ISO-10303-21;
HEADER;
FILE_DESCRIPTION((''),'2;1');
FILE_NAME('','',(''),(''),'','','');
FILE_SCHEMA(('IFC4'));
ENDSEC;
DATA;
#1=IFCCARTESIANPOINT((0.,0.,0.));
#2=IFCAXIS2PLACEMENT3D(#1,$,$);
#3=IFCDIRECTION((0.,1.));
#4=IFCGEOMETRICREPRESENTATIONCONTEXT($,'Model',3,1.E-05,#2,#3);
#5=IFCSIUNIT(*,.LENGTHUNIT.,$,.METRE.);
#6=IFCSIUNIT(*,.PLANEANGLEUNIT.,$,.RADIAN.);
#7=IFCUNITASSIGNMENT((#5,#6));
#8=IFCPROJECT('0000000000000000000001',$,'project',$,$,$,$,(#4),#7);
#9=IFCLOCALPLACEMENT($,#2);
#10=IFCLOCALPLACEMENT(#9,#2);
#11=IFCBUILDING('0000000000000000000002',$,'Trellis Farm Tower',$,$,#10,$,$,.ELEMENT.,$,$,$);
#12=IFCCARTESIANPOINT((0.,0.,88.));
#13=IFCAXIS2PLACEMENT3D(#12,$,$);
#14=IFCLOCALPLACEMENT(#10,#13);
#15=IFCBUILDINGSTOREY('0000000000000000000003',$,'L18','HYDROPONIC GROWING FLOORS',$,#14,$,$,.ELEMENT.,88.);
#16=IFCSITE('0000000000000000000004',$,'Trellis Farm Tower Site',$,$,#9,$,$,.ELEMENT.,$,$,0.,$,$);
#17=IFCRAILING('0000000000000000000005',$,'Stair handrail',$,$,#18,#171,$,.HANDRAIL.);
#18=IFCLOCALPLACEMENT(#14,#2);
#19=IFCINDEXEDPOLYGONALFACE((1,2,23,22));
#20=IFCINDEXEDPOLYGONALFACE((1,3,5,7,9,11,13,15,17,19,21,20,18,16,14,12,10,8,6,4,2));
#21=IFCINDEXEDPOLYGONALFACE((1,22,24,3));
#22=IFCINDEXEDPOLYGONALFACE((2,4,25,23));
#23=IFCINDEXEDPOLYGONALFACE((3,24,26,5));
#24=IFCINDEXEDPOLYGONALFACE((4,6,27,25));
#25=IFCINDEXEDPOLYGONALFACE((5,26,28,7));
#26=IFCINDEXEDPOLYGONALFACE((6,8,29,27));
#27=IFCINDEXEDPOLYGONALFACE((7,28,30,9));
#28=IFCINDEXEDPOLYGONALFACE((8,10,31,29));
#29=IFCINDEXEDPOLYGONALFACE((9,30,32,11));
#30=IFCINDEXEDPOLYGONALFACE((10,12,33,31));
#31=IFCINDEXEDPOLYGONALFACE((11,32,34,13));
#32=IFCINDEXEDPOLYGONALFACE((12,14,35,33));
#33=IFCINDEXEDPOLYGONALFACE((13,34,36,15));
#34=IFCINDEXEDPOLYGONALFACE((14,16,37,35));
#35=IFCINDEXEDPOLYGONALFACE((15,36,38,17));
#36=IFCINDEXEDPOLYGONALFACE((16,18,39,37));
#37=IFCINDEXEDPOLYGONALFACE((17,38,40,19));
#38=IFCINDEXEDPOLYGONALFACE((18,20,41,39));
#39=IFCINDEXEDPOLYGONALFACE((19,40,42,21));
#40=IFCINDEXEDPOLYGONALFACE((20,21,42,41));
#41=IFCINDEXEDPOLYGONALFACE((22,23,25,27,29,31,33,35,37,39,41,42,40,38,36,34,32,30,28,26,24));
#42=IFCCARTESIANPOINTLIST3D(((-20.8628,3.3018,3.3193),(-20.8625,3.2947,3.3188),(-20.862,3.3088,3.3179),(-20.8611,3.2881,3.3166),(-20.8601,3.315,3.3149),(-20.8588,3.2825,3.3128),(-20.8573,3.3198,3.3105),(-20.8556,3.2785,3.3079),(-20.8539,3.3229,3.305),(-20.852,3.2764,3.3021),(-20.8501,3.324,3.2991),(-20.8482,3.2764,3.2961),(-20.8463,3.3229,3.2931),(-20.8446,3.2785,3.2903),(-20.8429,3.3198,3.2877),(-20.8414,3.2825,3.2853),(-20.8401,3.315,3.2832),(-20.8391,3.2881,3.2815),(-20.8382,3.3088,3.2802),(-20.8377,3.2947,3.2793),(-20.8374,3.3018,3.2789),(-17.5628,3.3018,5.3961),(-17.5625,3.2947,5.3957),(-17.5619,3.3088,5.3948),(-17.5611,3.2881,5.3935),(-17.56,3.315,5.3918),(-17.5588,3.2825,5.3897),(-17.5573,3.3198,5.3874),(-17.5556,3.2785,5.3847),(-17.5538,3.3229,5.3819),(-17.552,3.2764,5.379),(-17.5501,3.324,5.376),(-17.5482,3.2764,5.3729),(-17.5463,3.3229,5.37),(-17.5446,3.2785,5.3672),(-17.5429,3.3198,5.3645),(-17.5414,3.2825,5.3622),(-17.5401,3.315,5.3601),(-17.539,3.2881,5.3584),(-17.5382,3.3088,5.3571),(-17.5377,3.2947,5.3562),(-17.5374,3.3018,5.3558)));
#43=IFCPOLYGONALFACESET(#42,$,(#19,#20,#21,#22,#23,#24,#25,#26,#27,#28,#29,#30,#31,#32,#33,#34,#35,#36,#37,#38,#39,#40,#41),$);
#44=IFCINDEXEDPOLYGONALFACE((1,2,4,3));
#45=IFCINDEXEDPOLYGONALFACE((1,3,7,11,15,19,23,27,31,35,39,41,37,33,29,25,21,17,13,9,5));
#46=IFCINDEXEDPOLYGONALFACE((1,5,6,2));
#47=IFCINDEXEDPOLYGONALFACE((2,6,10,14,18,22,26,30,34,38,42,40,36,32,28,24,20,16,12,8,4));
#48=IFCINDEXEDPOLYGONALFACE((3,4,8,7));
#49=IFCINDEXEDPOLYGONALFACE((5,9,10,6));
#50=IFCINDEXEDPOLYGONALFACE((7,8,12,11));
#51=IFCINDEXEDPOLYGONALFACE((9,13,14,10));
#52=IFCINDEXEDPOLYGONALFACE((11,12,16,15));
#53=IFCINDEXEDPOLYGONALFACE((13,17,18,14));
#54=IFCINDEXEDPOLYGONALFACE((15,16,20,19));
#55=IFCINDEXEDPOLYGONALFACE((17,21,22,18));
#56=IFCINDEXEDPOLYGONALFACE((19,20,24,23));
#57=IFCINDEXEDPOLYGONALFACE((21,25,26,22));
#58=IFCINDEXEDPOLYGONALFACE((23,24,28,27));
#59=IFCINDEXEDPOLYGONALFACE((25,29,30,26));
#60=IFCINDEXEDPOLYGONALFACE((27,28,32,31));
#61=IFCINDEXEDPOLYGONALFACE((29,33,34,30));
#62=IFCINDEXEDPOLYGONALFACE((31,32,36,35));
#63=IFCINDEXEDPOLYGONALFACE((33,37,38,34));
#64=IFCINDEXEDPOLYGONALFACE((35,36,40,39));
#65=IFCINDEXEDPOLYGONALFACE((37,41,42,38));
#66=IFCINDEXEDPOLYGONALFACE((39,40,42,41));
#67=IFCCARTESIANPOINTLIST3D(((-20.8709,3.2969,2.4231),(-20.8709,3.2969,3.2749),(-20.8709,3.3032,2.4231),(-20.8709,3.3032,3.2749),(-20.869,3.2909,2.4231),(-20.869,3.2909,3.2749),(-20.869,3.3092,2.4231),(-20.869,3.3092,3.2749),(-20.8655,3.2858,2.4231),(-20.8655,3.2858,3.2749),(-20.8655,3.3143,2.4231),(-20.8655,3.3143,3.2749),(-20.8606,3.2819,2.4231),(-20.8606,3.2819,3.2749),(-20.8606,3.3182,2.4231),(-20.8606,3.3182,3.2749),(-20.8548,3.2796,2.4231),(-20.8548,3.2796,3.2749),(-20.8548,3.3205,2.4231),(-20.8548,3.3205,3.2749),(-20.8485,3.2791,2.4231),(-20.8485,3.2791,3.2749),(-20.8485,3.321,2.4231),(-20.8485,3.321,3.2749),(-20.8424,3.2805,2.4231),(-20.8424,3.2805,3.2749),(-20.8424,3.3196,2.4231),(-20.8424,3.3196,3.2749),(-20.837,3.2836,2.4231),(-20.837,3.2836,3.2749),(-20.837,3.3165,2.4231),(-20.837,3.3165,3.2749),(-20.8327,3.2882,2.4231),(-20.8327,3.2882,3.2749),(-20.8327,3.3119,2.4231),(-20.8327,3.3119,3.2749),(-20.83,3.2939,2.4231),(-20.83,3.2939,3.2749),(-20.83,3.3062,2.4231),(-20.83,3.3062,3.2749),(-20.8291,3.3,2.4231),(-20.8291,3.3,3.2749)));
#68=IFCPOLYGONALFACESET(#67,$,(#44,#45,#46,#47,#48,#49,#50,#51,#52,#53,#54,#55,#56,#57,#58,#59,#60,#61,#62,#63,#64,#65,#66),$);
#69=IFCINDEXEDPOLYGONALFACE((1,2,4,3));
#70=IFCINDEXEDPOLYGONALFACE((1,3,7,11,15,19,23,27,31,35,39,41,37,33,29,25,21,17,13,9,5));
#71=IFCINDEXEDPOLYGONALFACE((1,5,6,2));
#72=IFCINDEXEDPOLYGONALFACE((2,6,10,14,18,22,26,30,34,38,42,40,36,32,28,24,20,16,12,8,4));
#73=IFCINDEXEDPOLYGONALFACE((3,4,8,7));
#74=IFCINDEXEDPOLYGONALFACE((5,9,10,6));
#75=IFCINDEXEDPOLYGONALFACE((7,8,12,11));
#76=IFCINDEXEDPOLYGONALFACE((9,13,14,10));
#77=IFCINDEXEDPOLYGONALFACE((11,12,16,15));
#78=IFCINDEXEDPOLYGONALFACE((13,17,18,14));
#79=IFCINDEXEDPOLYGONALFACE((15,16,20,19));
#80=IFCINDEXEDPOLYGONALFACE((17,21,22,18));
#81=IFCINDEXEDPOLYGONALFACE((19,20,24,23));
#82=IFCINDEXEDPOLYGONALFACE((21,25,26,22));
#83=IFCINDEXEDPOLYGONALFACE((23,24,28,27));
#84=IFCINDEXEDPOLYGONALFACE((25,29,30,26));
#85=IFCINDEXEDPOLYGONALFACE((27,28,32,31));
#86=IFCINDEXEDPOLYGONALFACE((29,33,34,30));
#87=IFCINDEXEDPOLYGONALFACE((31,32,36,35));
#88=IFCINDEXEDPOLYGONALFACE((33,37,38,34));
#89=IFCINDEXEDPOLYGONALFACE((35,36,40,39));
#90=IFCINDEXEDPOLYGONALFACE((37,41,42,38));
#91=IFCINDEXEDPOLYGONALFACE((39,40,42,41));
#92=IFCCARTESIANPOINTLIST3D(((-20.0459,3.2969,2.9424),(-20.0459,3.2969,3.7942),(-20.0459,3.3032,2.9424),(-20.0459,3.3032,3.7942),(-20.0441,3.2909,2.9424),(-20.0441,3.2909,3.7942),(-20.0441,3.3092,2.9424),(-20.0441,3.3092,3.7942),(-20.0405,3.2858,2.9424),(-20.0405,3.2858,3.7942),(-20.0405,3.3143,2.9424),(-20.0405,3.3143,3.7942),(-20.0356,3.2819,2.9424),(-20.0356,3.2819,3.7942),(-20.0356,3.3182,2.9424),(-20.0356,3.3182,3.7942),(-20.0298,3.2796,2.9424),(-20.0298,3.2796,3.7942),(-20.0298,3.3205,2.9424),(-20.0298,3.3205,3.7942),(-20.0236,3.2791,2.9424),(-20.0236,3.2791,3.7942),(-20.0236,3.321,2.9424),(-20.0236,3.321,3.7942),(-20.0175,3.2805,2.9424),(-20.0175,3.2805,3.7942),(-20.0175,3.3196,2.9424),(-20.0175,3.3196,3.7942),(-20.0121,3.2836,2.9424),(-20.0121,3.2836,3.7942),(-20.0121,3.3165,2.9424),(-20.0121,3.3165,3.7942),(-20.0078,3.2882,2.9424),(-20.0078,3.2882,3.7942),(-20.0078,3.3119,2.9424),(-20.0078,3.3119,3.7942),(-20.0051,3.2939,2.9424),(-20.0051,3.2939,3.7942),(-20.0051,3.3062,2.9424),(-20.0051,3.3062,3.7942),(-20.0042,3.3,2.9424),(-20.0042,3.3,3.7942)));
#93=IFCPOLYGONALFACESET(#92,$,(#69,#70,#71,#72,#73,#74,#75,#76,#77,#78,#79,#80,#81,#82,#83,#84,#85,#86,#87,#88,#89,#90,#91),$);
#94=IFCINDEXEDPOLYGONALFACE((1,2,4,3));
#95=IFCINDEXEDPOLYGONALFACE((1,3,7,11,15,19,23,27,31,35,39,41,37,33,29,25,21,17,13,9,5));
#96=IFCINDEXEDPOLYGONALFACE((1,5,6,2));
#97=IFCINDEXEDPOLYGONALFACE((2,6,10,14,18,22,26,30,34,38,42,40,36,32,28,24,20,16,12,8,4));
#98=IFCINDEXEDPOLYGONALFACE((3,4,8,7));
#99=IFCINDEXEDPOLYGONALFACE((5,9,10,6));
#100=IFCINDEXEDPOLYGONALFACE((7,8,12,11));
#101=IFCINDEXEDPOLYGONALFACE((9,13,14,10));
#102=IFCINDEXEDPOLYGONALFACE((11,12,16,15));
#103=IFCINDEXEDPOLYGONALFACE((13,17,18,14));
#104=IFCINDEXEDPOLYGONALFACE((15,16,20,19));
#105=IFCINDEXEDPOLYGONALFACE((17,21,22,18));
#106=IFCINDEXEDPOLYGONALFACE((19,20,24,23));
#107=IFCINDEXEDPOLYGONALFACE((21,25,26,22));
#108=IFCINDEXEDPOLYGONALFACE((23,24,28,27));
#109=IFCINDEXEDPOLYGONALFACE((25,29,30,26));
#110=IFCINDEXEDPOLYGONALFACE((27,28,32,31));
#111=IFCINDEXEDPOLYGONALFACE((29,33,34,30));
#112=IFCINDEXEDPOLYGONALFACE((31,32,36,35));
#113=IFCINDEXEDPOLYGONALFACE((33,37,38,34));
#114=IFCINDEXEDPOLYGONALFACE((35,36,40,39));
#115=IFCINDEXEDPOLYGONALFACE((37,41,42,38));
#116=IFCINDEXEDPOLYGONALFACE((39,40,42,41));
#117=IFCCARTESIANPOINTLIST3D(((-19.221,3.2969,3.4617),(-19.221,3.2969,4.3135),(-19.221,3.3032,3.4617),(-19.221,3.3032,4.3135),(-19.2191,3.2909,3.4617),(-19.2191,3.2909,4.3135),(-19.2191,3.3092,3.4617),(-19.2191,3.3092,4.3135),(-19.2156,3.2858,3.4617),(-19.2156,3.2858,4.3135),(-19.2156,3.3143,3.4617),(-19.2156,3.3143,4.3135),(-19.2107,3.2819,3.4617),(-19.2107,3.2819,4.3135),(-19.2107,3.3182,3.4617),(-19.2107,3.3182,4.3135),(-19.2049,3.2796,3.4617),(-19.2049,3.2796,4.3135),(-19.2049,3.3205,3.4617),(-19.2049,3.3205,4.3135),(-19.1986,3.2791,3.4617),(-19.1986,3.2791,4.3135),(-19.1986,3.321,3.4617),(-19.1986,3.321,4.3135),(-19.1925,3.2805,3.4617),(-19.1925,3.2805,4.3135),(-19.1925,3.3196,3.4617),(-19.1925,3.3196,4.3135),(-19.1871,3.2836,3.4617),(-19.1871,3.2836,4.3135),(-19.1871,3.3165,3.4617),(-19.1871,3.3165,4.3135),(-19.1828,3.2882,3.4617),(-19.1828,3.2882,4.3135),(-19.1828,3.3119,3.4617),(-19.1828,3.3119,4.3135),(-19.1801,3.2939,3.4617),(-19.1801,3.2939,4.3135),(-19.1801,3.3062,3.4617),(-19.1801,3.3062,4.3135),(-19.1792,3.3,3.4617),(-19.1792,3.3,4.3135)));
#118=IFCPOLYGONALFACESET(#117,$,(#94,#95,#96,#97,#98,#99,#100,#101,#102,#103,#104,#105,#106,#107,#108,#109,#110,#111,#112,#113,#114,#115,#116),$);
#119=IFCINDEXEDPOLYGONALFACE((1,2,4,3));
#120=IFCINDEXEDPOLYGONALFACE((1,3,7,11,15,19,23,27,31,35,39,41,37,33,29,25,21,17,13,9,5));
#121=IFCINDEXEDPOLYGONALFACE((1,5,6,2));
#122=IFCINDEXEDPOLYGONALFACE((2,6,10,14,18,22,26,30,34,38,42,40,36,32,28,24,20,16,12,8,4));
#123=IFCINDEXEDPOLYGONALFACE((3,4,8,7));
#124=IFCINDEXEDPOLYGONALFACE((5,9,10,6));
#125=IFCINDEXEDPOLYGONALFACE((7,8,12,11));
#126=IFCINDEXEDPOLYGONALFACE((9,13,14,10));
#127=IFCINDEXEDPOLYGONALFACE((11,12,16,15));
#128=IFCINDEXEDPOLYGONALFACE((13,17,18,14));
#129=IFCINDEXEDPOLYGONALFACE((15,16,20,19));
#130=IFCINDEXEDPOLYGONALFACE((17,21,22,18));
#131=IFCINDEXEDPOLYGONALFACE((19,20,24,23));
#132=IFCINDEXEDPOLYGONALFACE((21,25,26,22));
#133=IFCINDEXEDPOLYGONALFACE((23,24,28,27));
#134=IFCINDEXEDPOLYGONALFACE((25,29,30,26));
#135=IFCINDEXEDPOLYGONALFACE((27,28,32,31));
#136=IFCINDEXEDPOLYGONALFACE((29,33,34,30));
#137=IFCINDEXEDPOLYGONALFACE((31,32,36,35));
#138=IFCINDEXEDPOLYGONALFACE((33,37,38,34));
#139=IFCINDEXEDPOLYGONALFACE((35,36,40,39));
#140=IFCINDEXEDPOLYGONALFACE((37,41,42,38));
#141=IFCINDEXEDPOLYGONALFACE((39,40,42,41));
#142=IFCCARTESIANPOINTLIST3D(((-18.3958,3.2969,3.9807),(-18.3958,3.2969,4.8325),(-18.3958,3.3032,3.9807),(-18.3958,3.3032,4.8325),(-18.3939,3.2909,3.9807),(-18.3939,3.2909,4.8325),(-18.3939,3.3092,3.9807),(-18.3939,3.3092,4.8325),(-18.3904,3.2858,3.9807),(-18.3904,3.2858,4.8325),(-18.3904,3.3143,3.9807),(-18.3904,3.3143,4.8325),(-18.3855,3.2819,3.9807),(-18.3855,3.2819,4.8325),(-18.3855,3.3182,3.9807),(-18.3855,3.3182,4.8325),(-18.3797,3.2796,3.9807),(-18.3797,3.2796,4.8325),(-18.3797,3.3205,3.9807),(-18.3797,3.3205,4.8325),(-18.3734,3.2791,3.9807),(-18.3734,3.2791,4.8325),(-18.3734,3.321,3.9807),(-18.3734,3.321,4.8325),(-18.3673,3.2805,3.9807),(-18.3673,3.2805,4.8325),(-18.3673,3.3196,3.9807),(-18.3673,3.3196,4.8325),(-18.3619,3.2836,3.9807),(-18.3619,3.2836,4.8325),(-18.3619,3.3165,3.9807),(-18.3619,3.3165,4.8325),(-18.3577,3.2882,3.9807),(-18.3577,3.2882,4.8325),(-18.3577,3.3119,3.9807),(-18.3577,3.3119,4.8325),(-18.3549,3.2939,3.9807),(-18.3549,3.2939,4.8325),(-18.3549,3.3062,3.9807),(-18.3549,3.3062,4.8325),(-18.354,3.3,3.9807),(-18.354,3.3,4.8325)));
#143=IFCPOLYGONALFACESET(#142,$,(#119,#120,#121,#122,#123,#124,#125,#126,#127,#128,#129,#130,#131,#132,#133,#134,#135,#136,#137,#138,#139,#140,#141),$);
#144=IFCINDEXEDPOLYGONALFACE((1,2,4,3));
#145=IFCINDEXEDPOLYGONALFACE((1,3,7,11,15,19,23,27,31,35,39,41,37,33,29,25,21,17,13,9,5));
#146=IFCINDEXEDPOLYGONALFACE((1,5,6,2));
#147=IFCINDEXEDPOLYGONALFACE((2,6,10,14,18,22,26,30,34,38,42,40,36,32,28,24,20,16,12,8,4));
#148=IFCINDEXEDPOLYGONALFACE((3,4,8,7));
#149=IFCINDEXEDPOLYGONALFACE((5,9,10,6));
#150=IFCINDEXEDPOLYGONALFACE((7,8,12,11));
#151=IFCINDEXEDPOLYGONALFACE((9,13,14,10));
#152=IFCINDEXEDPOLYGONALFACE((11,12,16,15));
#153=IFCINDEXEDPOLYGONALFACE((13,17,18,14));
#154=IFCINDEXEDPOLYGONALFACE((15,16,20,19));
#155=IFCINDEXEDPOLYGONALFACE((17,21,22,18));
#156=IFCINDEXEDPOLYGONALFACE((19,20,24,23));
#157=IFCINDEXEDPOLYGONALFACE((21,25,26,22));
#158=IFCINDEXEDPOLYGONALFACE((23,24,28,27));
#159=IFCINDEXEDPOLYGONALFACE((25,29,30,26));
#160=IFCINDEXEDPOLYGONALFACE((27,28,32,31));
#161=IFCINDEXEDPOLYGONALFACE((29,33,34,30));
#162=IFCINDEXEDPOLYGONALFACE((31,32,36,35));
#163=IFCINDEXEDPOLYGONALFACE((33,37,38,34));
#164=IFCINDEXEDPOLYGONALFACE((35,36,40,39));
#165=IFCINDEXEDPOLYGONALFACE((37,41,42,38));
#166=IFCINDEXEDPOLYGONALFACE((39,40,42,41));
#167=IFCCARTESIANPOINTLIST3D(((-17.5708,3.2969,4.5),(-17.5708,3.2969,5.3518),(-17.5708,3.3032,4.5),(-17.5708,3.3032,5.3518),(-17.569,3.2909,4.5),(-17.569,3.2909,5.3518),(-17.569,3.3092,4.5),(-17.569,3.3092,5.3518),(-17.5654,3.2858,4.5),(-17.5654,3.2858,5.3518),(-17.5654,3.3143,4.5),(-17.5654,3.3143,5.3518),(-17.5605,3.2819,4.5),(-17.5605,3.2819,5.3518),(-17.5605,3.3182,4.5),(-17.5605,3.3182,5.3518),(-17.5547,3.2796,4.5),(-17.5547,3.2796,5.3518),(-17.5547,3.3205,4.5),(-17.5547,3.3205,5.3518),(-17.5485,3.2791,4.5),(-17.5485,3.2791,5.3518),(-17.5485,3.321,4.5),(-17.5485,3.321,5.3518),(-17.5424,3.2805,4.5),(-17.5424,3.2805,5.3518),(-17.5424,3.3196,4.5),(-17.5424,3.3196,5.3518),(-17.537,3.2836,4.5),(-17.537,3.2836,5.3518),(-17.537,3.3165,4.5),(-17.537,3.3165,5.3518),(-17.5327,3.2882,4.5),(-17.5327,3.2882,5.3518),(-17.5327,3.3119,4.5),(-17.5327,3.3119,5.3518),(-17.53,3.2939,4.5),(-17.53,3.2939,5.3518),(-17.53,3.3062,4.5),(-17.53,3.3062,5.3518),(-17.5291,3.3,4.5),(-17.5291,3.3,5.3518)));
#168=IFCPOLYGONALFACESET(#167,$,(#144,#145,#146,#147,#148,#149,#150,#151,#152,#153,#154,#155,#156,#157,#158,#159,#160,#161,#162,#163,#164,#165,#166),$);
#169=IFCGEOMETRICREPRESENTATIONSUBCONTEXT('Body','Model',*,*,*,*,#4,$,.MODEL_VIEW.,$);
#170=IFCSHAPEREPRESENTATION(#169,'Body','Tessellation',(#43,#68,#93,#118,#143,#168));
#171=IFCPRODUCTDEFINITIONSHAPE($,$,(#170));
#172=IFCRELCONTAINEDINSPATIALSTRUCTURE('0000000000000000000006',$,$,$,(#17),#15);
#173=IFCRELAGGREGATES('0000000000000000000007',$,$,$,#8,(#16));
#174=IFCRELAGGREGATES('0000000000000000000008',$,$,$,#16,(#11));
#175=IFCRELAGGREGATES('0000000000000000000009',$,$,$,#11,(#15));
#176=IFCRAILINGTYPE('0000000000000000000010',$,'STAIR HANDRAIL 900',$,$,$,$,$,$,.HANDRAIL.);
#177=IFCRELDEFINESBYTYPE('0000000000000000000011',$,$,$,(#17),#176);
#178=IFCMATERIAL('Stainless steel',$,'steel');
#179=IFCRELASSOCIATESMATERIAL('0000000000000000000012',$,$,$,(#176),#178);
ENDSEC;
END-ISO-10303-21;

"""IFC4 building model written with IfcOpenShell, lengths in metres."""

from ifc_helpers import new_model, si_unit, direction, frame, origin, origin_2d, place, context, subcontext, project, spatial, circle, extrude, source, transform, mapped, material, type_object, element, save


model = new_model("IFC4")

# Units and contexts
model_context = context("Model", 3, precision=1e-05, world=origin(), true_north=direction((0.0, 1.0)))
body_context = subcontext(model_context, "Body", "Model", "MODEL_VIEW")
ifc_project = project(units=[si_unit("LENGTHUNIT", "METRE"), si_unit("PLANEANGLEUNIT", "RADIAN")], contexts=[model_context])

# Site, building, storey
site_placement = place(None, origin())
site = spatial("IfcSite", under=ifc_project, at=site_placement, Name="Trellis Farm Tower Site", CompositionType="ELEMENT", RefElevation=0.0)
building_placement = place(site_placement, origin())
building = spatial("IfcBuilding", under=site, at=building_placement, Name="Trellis Farm Tower", CompositionType="ELEMENT")
storey_placement = place(building_placement, frame((0.0, 0.0, 88.0)))
storey = spatial("IfcBuildingStorey", under=building, at=storey_placement, Name="L18", Description="HYDROPONIC GROWING FLOORS", CompositionType="ELEMENT", Elevation=88.0)

# Railing
ifc_material_1 = material(Name="Stainless steel", Category="steel")
railing_type = type_object("IfcRailingType", Name="STAIR HANDRAIL 900", PredefinedType="HANDRAIL", material=ifc_material_1)
shared_shape_1 = source(origin(), body_context, "Body", "SweptSolid", [
    extrude(circle(Radius=0.0239, at=origin_2d()), frame((0.0, 0.0, 0.876), z_axis=(0.846337, 0.0, 0.532647), x_axis=(0.0, 1.0, 0.0)), (0.0, 0.0, 1.0), 3.8992),
    extrude(circle(Radius=0.021, at=origin_2d()), origin(), (0.0, 0.0, 1.0), 0.8518),
    extrude(circle(Radius=0.021, at=origin_2d()), frame((0.825, 0.0, 0.5193)), (0.0, 0.0, 1.0), 0.8518),
    extrude(circle(Radius=0.021, at=origin_2d()), frame((1.6499, 0.0, 1.0386)), (0.0, 0.0, 1.0), 0.8518),
    extrude(circle(Radius=0.021, at=origin_2d()), frame((2.4751, 0.0, 1.5576)), (0.0, 0.0, 1.0), 0.8518),
    extrude(circle(Radius=0.021, at=origin_2d()), frame((3.3, 0.0, 2.0769)), (0.0, 0.0, 1.0), 0.8518),
])
for number, where, name in (
    (1, (-20.8501, 3.3, 2.4231), "Stair handrail"),
):
    element("IfcRailing", number, at=place(storey_placement, frame(where)), inside=storey, type_object=railing_type, Name=name, PredefinedType="HANDRAIL", context=body_context, shape_type="MappedRepresentation", body=[
        mapped(shared_shape_1, transform((0.0, 0.0, 0.0))),
    ])

save(model, "model.ifc")
